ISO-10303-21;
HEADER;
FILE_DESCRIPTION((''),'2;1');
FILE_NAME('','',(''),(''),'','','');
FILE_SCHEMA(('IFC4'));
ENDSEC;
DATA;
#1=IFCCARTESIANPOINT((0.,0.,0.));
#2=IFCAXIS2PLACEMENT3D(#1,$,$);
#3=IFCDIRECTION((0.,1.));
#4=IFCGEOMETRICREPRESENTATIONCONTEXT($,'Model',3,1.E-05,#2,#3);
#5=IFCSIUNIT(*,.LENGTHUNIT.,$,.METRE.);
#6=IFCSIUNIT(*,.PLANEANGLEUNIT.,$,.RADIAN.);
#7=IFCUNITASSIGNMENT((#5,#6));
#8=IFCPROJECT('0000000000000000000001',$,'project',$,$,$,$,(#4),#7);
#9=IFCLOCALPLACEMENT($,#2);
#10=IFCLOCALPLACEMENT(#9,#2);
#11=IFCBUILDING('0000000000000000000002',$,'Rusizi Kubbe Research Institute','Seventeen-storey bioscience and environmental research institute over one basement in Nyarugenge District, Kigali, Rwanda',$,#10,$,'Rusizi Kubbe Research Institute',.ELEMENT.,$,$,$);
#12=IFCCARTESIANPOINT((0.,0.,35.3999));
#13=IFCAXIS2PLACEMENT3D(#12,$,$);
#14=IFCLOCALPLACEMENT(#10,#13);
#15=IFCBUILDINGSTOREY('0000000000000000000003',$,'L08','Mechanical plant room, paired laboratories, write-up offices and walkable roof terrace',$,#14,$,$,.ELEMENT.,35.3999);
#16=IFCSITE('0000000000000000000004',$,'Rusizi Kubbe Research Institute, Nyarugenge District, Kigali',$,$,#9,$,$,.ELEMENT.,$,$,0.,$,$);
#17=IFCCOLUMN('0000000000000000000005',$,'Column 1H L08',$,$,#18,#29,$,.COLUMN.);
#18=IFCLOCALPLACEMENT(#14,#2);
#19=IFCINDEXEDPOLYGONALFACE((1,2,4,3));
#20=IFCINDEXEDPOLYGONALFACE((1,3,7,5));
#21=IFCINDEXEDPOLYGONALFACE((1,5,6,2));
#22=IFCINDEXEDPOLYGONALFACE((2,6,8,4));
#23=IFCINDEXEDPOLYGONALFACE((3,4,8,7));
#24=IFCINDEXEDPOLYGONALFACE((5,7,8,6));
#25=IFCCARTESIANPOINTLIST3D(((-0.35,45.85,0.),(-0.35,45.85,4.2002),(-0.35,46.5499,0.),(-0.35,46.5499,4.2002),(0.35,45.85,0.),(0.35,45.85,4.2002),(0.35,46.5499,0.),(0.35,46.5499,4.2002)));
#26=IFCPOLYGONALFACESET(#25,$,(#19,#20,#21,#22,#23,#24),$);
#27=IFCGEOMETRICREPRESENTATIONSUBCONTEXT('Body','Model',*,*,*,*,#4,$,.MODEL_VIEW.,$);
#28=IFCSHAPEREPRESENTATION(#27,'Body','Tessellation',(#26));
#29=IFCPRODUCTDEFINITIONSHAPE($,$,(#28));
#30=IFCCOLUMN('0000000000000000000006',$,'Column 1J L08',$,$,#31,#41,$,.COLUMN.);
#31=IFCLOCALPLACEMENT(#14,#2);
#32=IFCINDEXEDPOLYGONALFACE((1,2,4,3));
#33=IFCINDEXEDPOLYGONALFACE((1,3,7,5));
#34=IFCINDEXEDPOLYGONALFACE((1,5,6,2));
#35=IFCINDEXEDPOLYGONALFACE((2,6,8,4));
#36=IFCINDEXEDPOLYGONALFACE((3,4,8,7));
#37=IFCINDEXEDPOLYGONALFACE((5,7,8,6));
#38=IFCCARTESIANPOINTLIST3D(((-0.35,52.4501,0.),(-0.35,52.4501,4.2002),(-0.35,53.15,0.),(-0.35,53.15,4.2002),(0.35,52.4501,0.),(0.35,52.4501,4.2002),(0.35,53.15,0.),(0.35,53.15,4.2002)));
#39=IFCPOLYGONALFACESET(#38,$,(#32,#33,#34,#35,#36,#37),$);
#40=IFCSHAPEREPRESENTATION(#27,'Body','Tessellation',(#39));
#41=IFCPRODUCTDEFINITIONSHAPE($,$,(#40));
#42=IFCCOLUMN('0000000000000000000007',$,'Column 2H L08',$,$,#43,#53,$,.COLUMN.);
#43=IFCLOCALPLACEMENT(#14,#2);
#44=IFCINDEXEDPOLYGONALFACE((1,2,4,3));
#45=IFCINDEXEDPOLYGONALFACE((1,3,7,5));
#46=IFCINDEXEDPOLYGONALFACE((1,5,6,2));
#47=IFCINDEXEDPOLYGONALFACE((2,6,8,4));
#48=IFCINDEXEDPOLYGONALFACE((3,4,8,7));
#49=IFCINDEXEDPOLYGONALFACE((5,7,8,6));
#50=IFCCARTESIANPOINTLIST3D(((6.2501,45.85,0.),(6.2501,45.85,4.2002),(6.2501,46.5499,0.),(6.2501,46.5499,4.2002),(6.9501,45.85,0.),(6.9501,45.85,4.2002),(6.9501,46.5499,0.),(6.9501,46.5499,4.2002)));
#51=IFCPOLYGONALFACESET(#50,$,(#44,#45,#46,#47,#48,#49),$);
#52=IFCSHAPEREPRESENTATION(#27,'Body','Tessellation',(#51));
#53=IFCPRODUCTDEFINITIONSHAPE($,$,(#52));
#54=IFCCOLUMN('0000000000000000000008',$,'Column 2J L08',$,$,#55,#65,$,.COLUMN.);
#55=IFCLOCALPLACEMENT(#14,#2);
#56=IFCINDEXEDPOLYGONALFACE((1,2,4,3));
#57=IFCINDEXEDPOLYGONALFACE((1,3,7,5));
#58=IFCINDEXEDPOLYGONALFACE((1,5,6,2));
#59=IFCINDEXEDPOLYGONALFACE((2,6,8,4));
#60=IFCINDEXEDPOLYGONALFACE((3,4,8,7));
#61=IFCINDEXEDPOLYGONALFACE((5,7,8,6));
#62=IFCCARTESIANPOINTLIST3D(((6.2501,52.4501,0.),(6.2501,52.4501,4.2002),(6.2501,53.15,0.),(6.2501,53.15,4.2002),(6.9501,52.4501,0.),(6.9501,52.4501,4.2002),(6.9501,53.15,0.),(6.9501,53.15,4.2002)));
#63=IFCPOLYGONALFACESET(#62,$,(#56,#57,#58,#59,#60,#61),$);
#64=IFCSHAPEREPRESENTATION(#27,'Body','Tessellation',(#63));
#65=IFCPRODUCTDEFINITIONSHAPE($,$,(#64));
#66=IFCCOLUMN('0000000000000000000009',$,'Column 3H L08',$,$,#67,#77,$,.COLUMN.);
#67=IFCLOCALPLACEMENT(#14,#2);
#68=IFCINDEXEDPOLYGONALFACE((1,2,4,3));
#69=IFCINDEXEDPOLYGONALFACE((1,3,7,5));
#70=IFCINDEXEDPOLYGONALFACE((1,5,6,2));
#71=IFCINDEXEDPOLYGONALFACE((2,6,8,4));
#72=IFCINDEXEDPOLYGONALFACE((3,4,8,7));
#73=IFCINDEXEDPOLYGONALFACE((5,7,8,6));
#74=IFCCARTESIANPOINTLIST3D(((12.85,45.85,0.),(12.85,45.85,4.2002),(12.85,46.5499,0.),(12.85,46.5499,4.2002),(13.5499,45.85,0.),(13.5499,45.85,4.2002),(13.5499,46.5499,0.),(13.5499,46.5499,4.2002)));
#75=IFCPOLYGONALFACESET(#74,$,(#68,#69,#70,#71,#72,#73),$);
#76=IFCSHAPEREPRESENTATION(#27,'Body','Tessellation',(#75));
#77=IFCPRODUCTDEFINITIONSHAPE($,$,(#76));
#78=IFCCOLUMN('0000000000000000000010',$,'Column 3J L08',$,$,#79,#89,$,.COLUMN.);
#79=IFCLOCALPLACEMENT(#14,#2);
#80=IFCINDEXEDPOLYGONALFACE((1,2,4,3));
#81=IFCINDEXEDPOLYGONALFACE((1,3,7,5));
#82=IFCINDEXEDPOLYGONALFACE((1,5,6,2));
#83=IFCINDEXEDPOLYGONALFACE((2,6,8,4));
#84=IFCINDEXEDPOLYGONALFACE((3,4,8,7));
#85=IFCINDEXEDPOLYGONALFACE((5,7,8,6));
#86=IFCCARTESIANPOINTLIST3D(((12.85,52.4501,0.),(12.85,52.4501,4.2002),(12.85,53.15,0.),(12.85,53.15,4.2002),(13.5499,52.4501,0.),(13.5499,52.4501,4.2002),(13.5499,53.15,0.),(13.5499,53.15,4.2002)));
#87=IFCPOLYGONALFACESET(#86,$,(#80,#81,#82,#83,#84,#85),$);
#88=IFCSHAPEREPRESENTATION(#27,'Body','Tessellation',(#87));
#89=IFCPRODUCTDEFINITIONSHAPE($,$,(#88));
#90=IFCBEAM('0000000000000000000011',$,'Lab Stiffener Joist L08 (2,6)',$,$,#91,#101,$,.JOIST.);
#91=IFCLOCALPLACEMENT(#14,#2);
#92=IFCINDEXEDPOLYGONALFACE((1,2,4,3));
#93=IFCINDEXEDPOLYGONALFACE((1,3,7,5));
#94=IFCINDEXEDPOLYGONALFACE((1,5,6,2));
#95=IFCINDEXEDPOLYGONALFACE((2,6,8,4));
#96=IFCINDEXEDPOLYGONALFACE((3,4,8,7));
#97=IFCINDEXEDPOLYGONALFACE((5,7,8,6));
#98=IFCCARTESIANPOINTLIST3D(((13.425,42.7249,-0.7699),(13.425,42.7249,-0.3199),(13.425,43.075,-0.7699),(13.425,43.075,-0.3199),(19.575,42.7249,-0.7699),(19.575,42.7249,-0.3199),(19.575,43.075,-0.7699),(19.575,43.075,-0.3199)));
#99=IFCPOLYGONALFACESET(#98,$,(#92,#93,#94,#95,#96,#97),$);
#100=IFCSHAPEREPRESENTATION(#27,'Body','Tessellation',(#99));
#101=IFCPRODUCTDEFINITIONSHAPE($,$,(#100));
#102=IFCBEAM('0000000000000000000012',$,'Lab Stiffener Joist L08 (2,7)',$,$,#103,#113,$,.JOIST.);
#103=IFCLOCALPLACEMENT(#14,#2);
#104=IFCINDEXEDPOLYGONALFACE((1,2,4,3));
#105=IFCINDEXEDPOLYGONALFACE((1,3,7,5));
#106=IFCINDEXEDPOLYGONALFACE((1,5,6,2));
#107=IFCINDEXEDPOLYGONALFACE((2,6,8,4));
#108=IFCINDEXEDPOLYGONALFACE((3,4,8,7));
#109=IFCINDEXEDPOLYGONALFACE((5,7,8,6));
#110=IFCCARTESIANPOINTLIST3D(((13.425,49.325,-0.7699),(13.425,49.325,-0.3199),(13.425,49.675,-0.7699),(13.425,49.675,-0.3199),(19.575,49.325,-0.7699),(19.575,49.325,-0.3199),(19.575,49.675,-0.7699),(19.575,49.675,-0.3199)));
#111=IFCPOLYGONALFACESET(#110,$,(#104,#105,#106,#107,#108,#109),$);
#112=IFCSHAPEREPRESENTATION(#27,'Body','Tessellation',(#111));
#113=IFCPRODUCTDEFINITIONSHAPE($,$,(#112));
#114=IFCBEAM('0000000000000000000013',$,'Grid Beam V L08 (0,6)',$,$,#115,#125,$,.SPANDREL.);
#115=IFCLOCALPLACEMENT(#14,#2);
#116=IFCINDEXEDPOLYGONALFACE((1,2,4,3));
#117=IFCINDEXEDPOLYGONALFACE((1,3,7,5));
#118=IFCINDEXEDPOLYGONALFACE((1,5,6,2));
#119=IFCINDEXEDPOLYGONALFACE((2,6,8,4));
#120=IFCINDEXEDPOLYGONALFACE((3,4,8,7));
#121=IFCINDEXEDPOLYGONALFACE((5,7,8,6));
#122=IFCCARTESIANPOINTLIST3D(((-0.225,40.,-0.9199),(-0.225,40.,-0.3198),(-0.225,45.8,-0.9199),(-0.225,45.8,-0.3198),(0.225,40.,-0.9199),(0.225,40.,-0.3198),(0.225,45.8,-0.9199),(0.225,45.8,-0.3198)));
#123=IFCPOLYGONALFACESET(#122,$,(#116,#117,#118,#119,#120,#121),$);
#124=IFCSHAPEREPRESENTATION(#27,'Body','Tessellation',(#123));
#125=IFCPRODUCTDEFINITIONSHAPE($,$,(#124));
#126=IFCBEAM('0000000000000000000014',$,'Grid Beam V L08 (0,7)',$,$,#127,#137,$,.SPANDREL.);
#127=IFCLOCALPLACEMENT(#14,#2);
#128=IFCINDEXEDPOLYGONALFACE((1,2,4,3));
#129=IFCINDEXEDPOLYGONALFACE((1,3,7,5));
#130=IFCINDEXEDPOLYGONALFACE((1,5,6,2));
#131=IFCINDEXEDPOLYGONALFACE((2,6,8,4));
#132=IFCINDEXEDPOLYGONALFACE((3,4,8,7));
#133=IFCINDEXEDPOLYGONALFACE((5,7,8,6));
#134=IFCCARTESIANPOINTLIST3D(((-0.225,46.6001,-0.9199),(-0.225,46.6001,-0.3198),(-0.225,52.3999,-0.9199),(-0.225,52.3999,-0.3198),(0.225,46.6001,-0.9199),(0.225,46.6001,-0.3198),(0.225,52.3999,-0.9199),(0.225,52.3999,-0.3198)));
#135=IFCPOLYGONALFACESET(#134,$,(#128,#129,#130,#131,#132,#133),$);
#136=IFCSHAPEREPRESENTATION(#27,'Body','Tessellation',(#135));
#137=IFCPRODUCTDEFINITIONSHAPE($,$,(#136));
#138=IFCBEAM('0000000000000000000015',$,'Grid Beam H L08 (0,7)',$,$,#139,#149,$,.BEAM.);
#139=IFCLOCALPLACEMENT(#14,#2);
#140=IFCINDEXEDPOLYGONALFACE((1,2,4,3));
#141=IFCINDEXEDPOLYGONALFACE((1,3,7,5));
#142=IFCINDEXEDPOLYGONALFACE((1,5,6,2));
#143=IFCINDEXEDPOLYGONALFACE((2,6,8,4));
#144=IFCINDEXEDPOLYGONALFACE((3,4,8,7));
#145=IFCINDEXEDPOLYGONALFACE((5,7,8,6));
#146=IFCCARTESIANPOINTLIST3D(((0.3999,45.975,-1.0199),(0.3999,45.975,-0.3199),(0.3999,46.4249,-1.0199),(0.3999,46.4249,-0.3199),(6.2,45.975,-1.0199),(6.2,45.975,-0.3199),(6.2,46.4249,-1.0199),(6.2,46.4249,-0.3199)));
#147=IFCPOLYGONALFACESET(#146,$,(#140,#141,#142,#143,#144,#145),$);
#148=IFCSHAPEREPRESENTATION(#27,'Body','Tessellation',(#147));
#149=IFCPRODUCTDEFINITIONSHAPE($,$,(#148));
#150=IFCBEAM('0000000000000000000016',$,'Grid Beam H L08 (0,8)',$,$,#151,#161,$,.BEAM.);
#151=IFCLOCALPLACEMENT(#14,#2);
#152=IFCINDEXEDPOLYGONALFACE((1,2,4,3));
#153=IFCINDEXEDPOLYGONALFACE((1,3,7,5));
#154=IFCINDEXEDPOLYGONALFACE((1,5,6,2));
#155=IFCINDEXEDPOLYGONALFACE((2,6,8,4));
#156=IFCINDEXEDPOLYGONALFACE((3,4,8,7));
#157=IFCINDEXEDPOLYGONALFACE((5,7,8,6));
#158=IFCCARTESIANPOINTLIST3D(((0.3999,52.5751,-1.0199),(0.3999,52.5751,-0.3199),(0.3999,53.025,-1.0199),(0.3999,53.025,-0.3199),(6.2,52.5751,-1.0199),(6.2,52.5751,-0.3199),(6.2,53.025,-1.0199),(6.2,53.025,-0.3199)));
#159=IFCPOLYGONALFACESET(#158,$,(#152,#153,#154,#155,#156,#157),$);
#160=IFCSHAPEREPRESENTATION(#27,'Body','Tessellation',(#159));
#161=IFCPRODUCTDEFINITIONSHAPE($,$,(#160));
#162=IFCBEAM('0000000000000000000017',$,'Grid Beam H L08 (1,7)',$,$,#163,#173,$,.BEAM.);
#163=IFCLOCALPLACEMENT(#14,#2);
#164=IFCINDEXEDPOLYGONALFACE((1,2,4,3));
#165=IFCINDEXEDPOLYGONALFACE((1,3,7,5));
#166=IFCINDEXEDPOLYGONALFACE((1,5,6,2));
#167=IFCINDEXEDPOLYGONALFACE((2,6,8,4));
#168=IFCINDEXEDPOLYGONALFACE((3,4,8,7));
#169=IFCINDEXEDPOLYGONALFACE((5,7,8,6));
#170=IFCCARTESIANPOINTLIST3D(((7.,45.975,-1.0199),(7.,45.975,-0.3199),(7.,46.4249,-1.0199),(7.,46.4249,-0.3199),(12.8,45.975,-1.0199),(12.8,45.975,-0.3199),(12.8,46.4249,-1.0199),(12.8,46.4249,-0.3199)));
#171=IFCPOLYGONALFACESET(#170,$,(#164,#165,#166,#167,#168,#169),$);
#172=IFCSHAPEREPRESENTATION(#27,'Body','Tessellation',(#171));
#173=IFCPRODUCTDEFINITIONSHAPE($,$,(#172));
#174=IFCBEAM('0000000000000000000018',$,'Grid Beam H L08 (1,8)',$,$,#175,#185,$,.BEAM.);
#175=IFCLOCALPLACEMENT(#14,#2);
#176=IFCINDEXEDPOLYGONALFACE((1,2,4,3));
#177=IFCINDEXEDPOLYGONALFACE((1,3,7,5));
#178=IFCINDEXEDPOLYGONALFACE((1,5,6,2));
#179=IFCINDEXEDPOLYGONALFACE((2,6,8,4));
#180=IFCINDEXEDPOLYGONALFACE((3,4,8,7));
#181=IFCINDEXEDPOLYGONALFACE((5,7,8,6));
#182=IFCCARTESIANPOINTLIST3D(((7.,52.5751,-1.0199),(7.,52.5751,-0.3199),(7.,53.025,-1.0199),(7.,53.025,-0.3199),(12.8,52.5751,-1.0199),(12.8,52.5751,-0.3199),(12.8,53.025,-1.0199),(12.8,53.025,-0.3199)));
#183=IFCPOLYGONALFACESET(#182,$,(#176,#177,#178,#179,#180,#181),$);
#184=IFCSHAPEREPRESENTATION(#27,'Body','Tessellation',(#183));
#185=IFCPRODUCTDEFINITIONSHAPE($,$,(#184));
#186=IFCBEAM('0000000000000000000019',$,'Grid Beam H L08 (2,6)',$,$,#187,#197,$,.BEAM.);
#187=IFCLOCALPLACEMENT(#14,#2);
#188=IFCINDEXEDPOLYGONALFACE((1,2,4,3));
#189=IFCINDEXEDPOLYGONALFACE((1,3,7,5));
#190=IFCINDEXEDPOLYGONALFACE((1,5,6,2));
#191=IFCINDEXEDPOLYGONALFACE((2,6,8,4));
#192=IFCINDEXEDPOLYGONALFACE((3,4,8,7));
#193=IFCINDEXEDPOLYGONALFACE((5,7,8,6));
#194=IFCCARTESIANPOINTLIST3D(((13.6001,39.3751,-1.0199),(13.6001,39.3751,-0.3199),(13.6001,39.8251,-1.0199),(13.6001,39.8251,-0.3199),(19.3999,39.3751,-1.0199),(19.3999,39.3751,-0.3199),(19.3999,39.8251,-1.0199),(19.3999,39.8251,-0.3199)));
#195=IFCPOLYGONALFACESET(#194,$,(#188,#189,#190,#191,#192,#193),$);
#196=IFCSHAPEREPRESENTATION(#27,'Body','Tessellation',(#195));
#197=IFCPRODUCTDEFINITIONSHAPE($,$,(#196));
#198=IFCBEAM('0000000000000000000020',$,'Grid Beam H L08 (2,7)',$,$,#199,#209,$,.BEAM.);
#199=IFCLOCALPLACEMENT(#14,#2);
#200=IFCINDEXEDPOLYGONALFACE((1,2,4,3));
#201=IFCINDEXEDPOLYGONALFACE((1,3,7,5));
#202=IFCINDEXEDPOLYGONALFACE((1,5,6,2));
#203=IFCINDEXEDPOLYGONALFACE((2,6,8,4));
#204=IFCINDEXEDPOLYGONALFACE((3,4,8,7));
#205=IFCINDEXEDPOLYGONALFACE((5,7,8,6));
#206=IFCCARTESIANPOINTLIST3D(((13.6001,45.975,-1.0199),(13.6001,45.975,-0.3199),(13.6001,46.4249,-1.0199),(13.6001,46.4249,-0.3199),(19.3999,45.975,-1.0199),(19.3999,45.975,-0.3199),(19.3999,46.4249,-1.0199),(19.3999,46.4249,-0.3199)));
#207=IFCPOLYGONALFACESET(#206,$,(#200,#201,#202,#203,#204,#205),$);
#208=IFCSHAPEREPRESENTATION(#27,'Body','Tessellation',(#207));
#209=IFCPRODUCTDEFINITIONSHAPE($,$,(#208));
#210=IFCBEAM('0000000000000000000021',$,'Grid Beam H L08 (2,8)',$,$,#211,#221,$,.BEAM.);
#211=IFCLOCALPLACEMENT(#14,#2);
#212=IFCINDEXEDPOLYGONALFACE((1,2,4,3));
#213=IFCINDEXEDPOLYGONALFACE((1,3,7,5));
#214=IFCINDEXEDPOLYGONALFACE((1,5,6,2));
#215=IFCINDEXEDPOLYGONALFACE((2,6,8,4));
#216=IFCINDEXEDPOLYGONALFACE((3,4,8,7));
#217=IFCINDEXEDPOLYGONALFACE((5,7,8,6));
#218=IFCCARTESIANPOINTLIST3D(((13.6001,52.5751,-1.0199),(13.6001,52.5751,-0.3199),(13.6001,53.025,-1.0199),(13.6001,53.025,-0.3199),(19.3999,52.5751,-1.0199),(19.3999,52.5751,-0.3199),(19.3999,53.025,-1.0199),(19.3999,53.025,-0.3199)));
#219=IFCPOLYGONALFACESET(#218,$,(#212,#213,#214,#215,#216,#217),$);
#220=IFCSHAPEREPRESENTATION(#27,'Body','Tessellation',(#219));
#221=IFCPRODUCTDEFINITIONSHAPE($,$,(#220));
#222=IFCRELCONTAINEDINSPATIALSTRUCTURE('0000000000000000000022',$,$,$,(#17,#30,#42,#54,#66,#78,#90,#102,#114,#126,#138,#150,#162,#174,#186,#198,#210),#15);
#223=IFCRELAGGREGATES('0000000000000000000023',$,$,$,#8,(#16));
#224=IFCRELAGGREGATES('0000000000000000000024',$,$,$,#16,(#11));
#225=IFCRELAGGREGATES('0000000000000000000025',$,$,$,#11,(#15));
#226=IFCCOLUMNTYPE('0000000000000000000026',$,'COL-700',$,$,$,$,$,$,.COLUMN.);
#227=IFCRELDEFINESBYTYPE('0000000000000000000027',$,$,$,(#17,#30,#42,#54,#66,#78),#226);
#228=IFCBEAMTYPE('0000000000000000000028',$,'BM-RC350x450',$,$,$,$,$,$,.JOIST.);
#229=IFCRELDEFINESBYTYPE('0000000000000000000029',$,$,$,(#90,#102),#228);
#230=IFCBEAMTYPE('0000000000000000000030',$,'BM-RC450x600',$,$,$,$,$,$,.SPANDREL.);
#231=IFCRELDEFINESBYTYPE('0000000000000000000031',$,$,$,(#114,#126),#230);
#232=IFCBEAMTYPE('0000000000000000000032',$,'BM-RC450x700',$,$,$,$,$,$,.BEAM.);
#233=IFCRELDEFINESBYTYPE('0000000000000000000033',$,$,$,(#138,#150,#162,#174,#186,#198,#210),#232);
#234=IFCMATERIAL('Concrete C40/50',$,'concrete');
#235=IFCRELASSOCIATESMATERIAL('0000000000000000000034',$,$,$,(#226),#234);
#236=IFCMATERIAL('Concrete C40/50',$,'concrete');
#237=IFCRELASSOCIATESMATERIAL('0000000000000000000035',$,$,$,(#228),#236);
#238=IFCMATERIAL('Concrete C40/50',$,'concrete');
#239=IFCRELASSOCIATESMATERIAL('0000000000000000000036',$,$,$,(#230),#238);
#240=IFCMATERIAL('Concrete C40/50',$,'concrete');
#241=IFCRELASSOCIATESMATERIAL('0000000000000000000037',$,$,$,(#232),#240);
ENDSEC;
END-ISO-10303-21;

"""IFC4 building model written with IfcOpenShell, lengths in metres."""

from ifc_helpers import new_model, si_unit, direction, frame, origin, origin_2d, place, context, subcontext, project, spatial, rectangle, extrude, material, material_profile, profile_set, type_object, element, save


model = new_model("IFC4")

# Units and contexts
model_context = context("Model", 3, precision=1e-05, world=origin(), true_north=direction((0.0, 1.0)))
body_context = subcontext(model_context, "Body", "Model", "MODEL_VIEW")
ifc_project = project(units=[si_unit("LENGTHUNIT", "METRE"), si_unit("PLANEANGLEUNIT", "RADIAN")], contexts=[model_context])

# Site, building, storey
site_placement = place(None, origin())
site = spatial("IfcSite", under=ifc_project, at=site_placement, Name="Rusizi Kubbe Research Institute, Nyarugenge District, Kigali", CompositionType="ELEMENT", RefElevation=0.0)
building_placement = place(site_placement, origin())
building = spatial("IfcBuilding", under=site, at=building_placement, Name="Rusizi Kubbe Research Institute", Description="Seventeen-storey bioscience and environmental research institute over one basement in Nyarugenge District, Kigali, Rwanda", LongName="Rusizi Kubbe Research Institute", CompositionType="ELEMENT")
storey_placement = place(building_placement, frame((0.0, 0.0, 35.3999)))
storey = spatial("IfcBuildingStorey", under=building, at=storey_placement, Name="L08", Description="Mechanical plant room, paired laboratories, write-up offices and walkable roof terrace", CompositionType="ELEMENT", Elevation=35.3999)

# Columns
ifc_material_1 = material(Name="Concrete C40/50", Category="concrete")
ifc_material_profile_1 = material_profile(ifc_material_1, rectangle(XDim=0.7, YDim=0.7, at=origin_2d()), Name="RC700x700")
ifc_profile_set_1 = profile_set([ifc_material_profile_1], Name="Concrete C40/50")
column_type = type_object("IfcColumnType", Name="COL-700", PredefinedType="COLUMN", material=ifc_profile_set_1)
for number, where, z_axis, x_axis, name in (
    (1, (0.0, 46.2, 0.0), (0.0, 0.0, 1.0), (1.0, 0.0, 0.0), "Column 1H L08"),
    (2, (0.0, 52.8, 0.0), (0.0, 0.0, 1.0), (1.0, 0.0, 0.0), "Column 1J L08"),
    (3, (6.6001, 46.2, 0.0), (0.0, 0.0, 1.0), (1.0, 0.0, 0.0), "Column 2H L08"),
    (4, (6.6001, 52.8, 0.0), (0.0, 0.0, 1.0), (1.0, 0.0, 0.0), "Column 2J L08"),
    (5, (13.2, 46.2, 0.0), (0.0, 0.0, 1.0), (1.0, 0.0, 0.0), "Column 3H L08"),
    (6, (13.2, 52.8, 0.0), (0.0, 0.0, 1.0), (1.0, 0.0, 0.0), "Column 3J L08"),
):
    element("IfcColumn", number, at=place(storey_placement, frame(where, z_axis=z_axis, x_axis=x_axis)), inside=storey, type_object=column_type, Name=name, PredefinedType="COLUMN", context=body_context, shape_type="SweptSolid", body=[
        extrude(rectangle(XDim=0.7, YDim=0.7, at=origin_2d()), origin(), (0.0, 0.0, 1.0), 4.2002),
    ])

# Beams
ifc_material_2 = material(Name="Concrete C40/50", Category="concrete")
ifc_material_profile_2 = material_profile(ifc_material_2, rectangle(XDim=0.3501, YDim=0.45, at=origin_2d()), Name="RC350x450")
ifc_profile_set_2 = profile_set([ifc_material_profile_2], Name="Concrete C40/50")
beam_type_1 = type_object("IfcBeamType", Name="BM-RC350x450", PredefinedType="JOIST", material=ifc_profile_set_2)
for number, where, z_axis, x_axis, name in (
    (7, (13.425, 42.8999, -0.5449), (1.0, 0.0, 0.0), (0.0, 1.0, 0.0), "Lab Stiffener Joist L08 (2,6)"),
    (8, (13.425, 49.5, -0.5449), (1.0, 0.0, 0.0), (0.0, 1.0, 0.0), "Lab Stiffener Joist L08 (2,7)"),
):
    element("IfcBeam", number, at=place(storey_placement, frame(where, z_axis=z_axis, x_axis=x_axis)), inside=storey, type_object=beam_type_1, Name=name, PredefinedType="JOIST", context=body_context, shape_type="SweptSolid", body=[
        extrude(rectangle(XDim=0.3501, YDim=0.45, at=origin_2d()), origin(), (0.0, 0.0, 1.0), 6.1499),
    ])
ifc_material_3 = material(Name="Concrete C40/50", Category="concrete")
ifc_material_profile_3 = material_profile(ifc_material_3, rectangle(XDim=0.45, YDim=0.6001, at=origin_2d()), Name="RC450x600")
ifc_profile_set_3 = profile_set([ifc_material_profile_3], Name="Concrete C40/50")
beam_type_2 = type_object("IfcBeamType", Name="BM-RC450x600", PredefinedType="SPANDREL", material=ifc_profile_set_3)
beam_1_placement = place(storey_placement, frame((0.0, 40.0, -0.6199), z_axis=(0.0, 1.0, 0.0), x_axis=(-1.0, 0.0, 0.0)))
element("IfcBeam", 9, at=beam_1_placement, inside=storey, type_object=beam_type_2, Name="Grid Beam V L08 (0,6)", PredefinedType="SPANDREL", context=body_context, shape_type="SweptSolid", body=[
    extrude(rectangle(XDim=0.45, YDim=0.6001, at=origin_2d()), origin(), (0.0, 0.0, 1.0), 5.8),
])
beam_2_placement = place(storey_placement, frame((0.0, 46.6001, -0.6199), z_axis=(0.0, 1.0, 0.0), x_axis=(-1.0, 0.0, 0.0)))
element("IfcBeam", 10, at=beam_2_placement, inside=storey, type_object=beam_type_2, Name="Grid Beam V L08 (0,7)", PredefinedType="SPANDREL", context=body_context, shape_type="SweptSolid", body=[
    extrude(rectangle(XDim=0.45, YDim=0.6001, at=origin_2d()), origin(), (0.0, 0.0, 1.0), 5.7998),
])
ifc_material_4 = material(Name="Concrete C40/50", Category="concrete")
ifc_material_profile_4 = material_profile(ifc_material_4, rectangle(XDim=0.45, YDim=0.7, at=origin_2d()), Name="RC450x700B")
ifc_profile_set_4 = profile_set([ifc_material_profile_4], Name="Concrete C40/50")
beam_type_3 = type_object("IfcBeamType", Name="BM-RC450x700", PredefinedType="BEAM", material=ifc_profile_set_4)
for number, where, z_axis, x_axis, name in (
    (11, (0.3999, 46.2, -0.6699), (1.0, 0.0, 0.0), (0.0, 1.0, 0.0), "Grid Beam H L08 (0,7)"),
    (12, (0.3999, 52.8, -0.6699), (1.0, 0.0, 0.0), (0.0, 1.0, 0.0), "Grid Beam H L08 (0,8)"),
    (13, (7.0, 46.2, -0.6699), (1.0, 0.0, 0.0), (0.0, 1.0, 0.0), "Grid Beam H L08 (1,7)"),
    (14, (7.0, 52.8, -0.6699), (1.0, 0.0, 0.0), (0.0, 1.0, 0.0), "Grid Beam H L08 (1,8)"),
):
    element("IfcBeam", number, at=place(storey_placement, frame(where, z_axis=z_axis, x_axis=x_axis)), inside=storey, type_object=beam_type_3, Name=name, PredefinedType="BEAM", context=body_context, shape_type="SweptSolid", body=[
        extrude(rectangle(XDim=0.45, YDim=0.7, at=origin_2d()), origin(), (0.0, 0.0, 1.0), 5.8),
    ])
for number, where, z_axis, x_axis, name in (
    (15, (13.6001, 39.6001, -0.6699), (1.0, 0.0, 0.0), (0.0, 1.0, 0.0), "Grid Beam H L08 (2,6)"),
    (16, (13.6001, 46.2, -0.6699), (1.0, 0.0, 0.0), (0.0, 1.0, 0.0), "Grid Beam H L08 (2,7)"),
    (17, (13.6001, 52.8, -0.6699), (1.0, 0.0, 0.0), (0.0, 1.0, 0.0), "Grid Beam H L08 (2,8)"),
):
    element("IfcBeam", number, at=place(storey_placement, frame(where, z_axis=z_axis, x_axis=x_axis)), inside=storey, type_object=beam_type_3, Name=name, PredefinedType="BEAM", context=body_context, shape_type="SweptSolid", body=[
        extrude(rectangle(XDim=0.45, YDim=0.7, at=origin_2d()), origin(), (0.0, 0.0, 1.0), 5.7998),
    ])

save(model, "model.ifc")
